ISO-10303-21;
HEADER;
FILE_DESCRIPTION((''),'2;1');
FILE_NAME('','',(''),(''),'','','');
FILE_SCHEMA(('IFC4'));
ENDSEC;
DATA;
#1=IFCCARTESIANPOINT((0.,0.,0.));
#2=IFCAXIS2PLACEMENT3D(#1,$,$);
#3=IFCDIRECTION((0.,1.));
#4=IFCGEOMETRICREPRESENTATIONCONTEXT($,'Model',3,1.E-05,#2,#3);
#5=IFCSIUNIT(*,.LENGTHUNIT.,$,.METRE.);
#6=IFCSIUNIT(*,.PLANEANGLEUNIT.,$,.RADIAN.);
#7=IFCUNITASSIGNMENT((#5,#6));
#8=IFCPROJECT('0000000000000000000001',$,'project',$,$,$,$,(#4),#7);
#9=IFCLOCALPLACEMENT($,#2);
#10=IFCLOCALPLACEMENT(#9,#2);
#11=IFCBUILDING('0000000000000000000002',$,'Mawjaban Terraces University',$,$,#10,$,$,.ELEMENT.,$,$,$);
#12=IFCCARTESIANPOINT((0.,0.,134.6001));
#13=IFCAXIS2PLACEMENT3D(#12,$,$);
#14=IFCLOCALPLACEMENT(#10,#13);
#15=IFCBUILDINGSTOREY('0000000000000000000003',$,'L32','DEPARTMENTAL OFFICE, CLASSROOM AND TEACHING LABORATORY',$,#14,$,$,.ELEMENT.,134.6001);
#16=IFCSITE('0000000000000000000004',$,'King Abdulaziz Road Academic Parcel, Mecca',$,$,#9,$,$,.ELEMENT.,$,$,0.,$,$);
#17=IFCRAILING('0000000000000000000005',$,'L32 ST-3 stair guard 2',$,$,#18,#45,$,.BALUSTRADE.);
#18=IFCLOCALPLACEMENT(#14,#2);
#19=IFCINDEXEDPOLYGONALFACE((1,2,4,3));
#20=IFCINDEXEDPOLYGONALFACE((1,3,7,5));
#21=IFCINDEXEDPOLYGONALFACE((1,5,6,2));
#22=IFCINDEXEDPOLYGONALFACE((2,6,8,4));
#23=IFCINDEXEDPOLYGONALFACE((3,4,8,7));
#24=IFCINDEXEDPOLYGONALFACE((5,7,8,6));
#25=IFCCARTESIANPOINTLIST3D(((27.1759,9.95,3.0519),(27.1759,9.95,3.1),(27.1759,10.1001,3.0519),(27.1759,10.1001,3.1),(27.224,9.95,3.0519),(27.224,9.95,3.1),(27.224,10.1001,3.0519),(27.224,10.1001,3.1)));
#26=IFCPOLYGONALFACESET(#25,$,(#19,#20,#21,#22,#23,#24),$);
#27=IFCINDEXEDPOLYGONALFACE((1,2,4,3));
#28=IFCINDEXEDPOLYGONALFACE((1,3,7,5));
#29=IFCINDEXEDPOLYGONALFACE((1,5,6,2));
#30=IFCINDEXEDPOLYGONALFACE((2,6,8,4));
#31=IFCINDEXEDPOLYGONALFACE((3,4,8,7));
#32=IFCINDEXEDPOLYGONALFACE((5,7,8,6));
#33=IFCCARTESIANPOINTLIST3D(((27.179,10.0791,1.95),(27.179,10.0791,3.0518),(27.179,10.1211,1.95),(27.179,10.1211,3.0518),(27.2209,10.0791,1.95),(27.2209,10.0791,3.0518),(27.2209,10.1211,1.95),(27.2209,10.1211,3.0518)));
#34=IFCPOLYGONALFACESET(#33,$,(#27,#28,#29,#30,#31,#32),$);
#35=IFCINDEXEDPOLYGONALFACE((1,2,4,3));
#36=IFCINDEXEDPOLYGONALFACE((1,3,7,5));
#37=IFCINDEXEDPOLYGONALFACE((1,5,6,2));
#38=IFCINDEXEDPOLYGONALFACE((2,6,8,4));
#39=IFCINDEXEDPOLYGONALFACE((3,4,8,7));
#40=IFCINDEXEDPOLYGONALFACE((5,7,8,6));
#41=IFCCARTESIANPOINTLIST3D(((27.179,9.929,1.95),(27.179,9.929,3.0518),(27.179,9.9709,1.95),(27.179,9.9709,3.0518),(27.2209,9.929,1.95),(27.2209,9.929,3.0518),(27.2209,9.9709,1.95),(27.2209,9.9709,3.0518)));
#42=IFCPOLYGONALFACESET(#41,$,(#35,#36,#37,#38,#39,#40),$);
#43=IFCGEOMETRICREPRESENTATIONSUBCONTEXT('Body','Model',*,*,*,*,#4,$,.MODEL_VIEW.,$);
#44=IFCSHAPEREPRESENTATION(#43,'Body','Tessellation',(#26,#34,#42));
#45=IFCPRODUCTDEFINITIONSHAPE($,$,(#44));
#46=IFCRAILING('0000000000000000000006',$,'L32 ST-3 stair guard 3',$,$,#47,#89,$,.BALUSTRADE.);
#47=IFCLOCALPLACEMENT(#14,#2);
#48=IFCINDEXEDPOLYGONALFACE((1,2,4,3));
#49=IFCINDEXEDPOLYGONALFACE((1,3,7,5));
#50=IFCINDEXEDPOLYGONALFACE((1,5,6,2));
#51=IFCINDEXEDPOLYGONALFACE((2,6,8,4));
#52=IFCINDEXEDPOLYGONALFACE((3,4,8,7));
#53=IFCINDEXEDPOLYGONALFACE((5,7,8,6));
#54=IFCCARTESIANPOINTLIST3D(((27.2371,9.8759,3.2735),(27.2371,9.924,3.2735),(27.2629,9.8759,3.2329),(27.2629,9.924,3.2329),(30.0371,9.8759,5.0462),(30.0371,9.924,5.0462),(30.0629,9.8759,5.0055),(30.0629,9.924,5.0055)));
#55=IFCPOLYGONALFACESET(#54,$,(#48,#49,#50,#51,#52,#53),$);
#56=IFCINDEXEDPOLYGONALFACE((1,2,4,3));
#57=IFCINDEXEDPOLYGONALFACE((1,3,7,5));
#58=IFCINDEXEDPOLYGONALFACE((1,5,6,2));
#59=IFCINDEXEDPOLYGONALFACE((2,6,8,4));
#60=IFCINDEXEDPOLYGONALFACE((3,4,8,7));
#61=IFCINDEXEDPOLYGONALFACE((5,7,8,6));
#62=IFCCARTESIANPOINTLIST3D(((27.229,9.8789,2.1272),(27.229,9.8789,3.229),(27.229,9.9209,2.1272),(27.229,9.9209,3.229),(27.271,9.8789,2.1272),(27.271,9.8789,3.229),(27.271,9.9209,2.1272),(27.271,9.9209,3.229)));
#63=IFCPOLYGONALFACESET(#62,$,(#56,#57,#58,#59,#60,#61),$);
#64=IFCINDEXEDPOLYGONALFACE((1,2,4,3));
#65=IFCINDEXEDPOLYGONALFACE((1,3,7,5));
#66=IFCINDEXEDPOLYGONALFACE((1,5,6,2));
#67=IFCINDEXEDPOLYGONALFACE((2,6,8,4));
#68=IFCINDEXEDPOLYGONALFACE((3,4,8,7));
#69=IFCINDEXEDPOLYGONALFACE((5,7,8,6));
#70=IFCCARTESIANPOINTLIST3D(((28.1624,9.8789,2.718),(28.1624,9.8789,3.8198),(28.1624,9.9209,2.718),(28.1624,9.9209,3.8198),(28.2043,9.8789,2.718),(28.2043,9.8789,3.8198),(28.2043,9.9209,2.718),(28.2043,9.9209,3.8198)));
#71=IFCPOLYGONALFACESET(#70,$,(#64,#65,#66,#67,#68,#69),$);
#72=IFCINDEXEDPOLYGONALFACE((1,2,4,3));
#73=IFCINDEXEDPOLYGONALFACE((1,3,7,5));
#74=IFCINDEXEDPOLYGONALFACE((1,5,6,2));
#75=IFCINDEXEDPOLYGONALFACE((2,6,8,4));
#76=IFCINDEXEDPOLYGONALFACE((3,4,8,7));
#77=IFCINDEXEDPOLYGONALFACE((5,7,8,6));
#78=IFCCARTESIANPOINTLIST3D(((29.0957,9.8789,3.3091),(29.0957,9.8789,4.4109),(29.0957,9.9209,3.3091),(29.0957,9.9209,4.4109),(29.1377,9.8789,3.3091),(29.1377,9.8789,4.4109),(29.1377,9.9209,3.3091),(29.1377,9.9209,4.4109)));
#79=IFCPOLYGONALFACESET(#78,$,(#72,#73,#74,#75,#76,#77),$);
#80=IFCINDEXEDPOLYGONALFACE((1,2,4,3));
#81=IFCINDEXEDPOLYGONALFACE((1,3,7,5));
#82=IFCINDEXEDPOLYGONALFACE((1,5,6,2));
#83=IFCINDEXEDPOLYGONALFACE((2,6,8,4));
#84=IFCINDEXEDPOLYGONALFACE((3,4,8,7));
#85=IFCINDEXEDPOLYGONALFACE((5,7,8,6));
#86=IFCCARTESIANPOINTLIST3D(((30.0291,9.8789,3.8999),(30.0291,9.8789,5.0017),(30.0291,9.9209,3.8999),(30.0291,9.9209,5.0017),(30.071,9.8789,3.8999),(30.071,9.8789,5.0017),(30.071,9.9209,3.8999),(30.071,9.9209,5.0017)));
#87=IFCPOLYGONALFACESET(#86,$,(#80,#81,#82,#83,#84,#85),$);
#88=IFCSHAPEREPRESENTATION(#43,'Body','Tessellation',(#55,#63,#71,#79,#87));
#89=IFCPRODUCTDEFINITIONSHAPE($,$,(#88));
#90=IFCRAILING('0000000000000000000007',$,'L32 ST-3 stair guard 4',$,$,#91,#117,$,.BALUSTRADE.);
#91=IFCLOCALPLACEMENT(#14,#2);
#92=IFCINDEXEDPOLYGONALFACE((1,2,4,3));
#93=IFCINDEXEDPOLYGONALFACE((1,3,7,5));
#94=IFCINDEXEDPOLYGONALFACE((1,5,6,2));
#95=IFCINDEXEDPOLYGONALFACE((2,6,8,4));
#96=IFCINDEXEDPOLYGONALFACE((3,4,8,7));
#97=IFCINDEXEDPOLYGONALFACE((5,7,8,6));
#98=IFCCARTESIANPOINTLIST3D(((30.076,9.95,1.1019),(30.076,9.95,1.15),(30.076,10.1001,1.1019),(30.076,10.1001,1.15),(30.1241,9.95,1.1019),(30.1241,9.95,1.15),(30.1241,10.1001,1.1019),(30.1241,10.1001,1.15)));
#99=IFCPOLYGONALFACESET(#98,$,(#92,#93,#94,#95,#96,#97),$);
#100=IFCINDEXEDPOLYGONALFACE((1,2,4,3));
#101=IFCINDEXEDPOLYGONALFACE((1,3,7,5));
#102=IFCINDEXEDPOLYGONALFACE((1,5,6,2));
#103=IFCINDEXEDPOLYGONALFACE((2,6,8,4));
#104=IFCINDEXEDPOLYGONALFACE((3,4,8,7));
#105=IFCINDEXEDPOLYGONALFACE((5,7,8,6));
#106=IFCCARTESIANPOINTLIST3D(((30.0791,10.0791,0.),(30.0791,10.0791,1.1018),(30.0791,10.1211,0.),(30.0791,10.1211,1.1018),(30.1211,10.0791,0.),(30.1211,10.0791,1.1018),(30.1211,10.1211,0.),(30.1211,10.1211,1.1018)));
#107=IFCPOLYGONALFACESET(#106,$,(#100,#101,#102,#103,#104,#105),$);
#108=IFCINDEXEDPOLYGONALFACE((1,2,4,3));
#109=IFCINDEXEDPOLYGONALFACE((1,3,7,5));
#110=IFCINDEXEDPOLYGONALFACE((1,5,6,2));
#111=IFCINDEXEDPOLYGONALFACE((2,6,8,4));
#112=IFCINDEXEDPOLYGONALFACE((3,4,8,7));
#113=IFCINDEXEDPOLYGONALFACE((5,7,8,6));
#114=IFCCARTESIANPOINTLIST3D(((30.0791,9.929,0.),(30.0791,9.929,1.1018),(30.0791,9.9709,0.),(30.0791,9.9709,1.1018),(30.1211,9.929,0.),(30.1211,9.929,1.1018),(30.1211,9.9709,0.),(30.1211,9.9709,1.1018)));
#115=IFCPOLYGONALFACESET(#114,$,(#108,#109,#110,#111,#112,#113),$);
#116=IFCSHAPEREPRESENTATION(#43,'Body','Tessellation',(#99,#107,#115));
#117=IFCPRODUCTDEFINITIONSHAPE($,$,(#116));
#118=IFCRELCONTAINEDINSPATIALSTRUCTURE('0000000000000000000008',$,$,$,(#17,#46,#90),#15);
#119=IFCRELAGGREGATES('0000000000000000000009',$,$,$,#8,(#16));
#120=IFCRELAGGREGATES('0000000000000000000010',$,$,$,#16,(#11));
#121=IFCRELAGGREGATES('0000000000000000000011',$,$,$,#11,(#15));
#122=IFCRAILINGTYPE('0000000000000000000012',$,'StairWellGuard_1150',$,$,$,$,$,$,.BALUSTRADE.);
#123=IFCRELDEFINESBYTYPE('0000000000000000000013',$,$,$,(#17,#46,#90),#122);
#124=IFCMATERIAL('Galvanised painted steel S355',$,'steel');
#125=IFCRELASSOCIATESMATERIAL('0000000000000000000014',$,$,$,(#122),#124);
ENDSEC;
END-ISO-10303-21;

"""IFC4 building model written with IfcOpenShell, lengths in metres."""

from ifc_helpers import new_model, si_unit, direction, frame, origin, origin_2d, place, context, subcontext, project, spatial, rectangle, extrude, material, type_object, element, save


model = new_model("IFC4")

# Units and contexts
model_context = context("Model", 3, precision=1e-05, world=origin(), true_north=direction((0.0, 1.0)))
body_context = subcontext(model_context, "Body", "Model", "MODEL_VIEW")
ifc_project = project(units=[si_unit("LENGTHUNIT", "METRE"), si_unit("PLANEANGLEUNIT", "RADIAN")], contexts=[model_context])

# Site, building, storey
site_placement = place(None, origin())
site = spatial("IfcSite", under=ifc_project, at=site_placement, Name="King Abdulaziz Road Academic Parcel, Mecca", CompositionType="ELEMENT", RefElevation=0.0)
building_placement = place(site_placement, origin())
building = spatial("IfcBuilding", under=site, at=building_placement, Name="Mawjaban Terraces University", CompositionType="ELEMENT")
storey_placement = place(building_placement, frame((0.0, 0.0, 134.6001)))
storey = spatial("IfcBuildingStorey", under=building, at=storey_placement, Name="L32", Description="DEPARTMENTAL OFFICE, CLASSROOM AND TEACHING LABORATORY", CompositionType="ELEMENT", Elevation=134.6001)

# Railings
ifc_material_1 = material(Name="Galvanised painted steel S355", Category="steel")
railing_type_1 = type_object("IfcRailingType", Name="StairWellGuard_1150", PredefinedType="BALUSTRADE", material=ifc_material_1)
railing_1_placement = place(storey_placement, frame((27.2, 10.1001, 1.95)))
element("IfcRailing", 1, at=railing_1_placement, inside=storey, type_object=railing_type_1, Name="L32 ST-3 stair guard 2", PredefinedType="BALUSTRADE", context=body_context, shape_type="SweptSolid", body=[
    extrude(rectangle(XDim=0.0481, YDim=0.0481, at=origin_2d()), frame((0.0, 0.0, 1.126), z_axis=(0.0, -1.0, 0.0), x_axis=(1.0, 0.0, 0.0)), (0.0, 0.0, 1.0), 0.1501),
    extrude(rectangle(XDim=0.042, YDim=0.042, at=origin_2d()), origin(), (0.0, 0.0, 1.0), 1.1018),
    extrude(rectangle(XDim=0.042, YDim=0.042, at=origin_2d()), frame((0.0, -0.1501, 0.0)), (0.0, 0.0, 1.0), 1.1018),
])
railing_2_placement = place(storey_placement, frame((27.25, 9.8999, 2.1272)))
element("IfcRailing", 2, at=railing_2_placement, inside=storey, type_object=railing_type_1, Name="L32 ST-3 stair guard 3", PredefinedType="BALUSTRADE", context=body_context, shape_type="SweptSolid", body=[
    extrude(rectangle(XDim=0.0481, YDim=0.0481, at=origin_2d()), frame((0.0, 0.0, 1.126), z_axis=(0.844909, 0.0, 0.53491), x_axis=(0.0, 1.0, 0.0)), (0.0, 0.0, 1.0), 3.314),
    extrude(rectangle(XDim=0.042, YDim=0.042, at=origin_2d()), origin(), (0.0, 0.0, 1.0), 1.1018),
    extrude(rectangle(XDim=0.042, YDim=0.042, at=origin_2d()), frame((0.9333, 0.0, 0.5908)), (0.0, 0.0, 1.0), 1.1018),
    extrude(rectangle(XDim=0.042, YDim=0.042, at=origin_2d()), frame((1.8667, 0.0, 1.1819)), (0.0, 0.0, 1.0), 1.1018),
    extrude(rectangle(XDim=0.042, YDim=0.042, at=origin_2d()), frame((2.8, 0.0, 1.7727)), (0.0, 0.0, 1.0), 1.1018),
])
railing_3_placement = place(storey_placement, frame((30.1001, 10.1001, 0.0)))
element("IfcRailing", 3, at=railing_3_placement, inside=storey, type_object=railing_type_1, Name="L32 ST-3 stair guard 4", PredefinedType="BALUSTRADE", context=body_context, shape_type="SweptSolid", body=[
    extrude(rectangle(XDim=0.0481, YDim=0.0481, at=origin_2d()), frame((0.0, 0.0, 1.126), z_axis=(0.0, -1.0, 0.0), x_axis=(1.0, 0.0, 0.0)), (0.0, 0.0, 1.0), 0.1501),
    extrude(rectangle(XDim=0.042, YDim=0.042, at=origin_2d()), origin(), (0.0, 0.0, 1.0), 1.1018),
    extrude(rectangle(XDim=0.042, YDim=0.042, at=origin_2d()), frame((0.0, -0.1501, 0.0)), (0.0, 0.0, 1.0), 1.1018),
])

save(model, "model.ifc")
